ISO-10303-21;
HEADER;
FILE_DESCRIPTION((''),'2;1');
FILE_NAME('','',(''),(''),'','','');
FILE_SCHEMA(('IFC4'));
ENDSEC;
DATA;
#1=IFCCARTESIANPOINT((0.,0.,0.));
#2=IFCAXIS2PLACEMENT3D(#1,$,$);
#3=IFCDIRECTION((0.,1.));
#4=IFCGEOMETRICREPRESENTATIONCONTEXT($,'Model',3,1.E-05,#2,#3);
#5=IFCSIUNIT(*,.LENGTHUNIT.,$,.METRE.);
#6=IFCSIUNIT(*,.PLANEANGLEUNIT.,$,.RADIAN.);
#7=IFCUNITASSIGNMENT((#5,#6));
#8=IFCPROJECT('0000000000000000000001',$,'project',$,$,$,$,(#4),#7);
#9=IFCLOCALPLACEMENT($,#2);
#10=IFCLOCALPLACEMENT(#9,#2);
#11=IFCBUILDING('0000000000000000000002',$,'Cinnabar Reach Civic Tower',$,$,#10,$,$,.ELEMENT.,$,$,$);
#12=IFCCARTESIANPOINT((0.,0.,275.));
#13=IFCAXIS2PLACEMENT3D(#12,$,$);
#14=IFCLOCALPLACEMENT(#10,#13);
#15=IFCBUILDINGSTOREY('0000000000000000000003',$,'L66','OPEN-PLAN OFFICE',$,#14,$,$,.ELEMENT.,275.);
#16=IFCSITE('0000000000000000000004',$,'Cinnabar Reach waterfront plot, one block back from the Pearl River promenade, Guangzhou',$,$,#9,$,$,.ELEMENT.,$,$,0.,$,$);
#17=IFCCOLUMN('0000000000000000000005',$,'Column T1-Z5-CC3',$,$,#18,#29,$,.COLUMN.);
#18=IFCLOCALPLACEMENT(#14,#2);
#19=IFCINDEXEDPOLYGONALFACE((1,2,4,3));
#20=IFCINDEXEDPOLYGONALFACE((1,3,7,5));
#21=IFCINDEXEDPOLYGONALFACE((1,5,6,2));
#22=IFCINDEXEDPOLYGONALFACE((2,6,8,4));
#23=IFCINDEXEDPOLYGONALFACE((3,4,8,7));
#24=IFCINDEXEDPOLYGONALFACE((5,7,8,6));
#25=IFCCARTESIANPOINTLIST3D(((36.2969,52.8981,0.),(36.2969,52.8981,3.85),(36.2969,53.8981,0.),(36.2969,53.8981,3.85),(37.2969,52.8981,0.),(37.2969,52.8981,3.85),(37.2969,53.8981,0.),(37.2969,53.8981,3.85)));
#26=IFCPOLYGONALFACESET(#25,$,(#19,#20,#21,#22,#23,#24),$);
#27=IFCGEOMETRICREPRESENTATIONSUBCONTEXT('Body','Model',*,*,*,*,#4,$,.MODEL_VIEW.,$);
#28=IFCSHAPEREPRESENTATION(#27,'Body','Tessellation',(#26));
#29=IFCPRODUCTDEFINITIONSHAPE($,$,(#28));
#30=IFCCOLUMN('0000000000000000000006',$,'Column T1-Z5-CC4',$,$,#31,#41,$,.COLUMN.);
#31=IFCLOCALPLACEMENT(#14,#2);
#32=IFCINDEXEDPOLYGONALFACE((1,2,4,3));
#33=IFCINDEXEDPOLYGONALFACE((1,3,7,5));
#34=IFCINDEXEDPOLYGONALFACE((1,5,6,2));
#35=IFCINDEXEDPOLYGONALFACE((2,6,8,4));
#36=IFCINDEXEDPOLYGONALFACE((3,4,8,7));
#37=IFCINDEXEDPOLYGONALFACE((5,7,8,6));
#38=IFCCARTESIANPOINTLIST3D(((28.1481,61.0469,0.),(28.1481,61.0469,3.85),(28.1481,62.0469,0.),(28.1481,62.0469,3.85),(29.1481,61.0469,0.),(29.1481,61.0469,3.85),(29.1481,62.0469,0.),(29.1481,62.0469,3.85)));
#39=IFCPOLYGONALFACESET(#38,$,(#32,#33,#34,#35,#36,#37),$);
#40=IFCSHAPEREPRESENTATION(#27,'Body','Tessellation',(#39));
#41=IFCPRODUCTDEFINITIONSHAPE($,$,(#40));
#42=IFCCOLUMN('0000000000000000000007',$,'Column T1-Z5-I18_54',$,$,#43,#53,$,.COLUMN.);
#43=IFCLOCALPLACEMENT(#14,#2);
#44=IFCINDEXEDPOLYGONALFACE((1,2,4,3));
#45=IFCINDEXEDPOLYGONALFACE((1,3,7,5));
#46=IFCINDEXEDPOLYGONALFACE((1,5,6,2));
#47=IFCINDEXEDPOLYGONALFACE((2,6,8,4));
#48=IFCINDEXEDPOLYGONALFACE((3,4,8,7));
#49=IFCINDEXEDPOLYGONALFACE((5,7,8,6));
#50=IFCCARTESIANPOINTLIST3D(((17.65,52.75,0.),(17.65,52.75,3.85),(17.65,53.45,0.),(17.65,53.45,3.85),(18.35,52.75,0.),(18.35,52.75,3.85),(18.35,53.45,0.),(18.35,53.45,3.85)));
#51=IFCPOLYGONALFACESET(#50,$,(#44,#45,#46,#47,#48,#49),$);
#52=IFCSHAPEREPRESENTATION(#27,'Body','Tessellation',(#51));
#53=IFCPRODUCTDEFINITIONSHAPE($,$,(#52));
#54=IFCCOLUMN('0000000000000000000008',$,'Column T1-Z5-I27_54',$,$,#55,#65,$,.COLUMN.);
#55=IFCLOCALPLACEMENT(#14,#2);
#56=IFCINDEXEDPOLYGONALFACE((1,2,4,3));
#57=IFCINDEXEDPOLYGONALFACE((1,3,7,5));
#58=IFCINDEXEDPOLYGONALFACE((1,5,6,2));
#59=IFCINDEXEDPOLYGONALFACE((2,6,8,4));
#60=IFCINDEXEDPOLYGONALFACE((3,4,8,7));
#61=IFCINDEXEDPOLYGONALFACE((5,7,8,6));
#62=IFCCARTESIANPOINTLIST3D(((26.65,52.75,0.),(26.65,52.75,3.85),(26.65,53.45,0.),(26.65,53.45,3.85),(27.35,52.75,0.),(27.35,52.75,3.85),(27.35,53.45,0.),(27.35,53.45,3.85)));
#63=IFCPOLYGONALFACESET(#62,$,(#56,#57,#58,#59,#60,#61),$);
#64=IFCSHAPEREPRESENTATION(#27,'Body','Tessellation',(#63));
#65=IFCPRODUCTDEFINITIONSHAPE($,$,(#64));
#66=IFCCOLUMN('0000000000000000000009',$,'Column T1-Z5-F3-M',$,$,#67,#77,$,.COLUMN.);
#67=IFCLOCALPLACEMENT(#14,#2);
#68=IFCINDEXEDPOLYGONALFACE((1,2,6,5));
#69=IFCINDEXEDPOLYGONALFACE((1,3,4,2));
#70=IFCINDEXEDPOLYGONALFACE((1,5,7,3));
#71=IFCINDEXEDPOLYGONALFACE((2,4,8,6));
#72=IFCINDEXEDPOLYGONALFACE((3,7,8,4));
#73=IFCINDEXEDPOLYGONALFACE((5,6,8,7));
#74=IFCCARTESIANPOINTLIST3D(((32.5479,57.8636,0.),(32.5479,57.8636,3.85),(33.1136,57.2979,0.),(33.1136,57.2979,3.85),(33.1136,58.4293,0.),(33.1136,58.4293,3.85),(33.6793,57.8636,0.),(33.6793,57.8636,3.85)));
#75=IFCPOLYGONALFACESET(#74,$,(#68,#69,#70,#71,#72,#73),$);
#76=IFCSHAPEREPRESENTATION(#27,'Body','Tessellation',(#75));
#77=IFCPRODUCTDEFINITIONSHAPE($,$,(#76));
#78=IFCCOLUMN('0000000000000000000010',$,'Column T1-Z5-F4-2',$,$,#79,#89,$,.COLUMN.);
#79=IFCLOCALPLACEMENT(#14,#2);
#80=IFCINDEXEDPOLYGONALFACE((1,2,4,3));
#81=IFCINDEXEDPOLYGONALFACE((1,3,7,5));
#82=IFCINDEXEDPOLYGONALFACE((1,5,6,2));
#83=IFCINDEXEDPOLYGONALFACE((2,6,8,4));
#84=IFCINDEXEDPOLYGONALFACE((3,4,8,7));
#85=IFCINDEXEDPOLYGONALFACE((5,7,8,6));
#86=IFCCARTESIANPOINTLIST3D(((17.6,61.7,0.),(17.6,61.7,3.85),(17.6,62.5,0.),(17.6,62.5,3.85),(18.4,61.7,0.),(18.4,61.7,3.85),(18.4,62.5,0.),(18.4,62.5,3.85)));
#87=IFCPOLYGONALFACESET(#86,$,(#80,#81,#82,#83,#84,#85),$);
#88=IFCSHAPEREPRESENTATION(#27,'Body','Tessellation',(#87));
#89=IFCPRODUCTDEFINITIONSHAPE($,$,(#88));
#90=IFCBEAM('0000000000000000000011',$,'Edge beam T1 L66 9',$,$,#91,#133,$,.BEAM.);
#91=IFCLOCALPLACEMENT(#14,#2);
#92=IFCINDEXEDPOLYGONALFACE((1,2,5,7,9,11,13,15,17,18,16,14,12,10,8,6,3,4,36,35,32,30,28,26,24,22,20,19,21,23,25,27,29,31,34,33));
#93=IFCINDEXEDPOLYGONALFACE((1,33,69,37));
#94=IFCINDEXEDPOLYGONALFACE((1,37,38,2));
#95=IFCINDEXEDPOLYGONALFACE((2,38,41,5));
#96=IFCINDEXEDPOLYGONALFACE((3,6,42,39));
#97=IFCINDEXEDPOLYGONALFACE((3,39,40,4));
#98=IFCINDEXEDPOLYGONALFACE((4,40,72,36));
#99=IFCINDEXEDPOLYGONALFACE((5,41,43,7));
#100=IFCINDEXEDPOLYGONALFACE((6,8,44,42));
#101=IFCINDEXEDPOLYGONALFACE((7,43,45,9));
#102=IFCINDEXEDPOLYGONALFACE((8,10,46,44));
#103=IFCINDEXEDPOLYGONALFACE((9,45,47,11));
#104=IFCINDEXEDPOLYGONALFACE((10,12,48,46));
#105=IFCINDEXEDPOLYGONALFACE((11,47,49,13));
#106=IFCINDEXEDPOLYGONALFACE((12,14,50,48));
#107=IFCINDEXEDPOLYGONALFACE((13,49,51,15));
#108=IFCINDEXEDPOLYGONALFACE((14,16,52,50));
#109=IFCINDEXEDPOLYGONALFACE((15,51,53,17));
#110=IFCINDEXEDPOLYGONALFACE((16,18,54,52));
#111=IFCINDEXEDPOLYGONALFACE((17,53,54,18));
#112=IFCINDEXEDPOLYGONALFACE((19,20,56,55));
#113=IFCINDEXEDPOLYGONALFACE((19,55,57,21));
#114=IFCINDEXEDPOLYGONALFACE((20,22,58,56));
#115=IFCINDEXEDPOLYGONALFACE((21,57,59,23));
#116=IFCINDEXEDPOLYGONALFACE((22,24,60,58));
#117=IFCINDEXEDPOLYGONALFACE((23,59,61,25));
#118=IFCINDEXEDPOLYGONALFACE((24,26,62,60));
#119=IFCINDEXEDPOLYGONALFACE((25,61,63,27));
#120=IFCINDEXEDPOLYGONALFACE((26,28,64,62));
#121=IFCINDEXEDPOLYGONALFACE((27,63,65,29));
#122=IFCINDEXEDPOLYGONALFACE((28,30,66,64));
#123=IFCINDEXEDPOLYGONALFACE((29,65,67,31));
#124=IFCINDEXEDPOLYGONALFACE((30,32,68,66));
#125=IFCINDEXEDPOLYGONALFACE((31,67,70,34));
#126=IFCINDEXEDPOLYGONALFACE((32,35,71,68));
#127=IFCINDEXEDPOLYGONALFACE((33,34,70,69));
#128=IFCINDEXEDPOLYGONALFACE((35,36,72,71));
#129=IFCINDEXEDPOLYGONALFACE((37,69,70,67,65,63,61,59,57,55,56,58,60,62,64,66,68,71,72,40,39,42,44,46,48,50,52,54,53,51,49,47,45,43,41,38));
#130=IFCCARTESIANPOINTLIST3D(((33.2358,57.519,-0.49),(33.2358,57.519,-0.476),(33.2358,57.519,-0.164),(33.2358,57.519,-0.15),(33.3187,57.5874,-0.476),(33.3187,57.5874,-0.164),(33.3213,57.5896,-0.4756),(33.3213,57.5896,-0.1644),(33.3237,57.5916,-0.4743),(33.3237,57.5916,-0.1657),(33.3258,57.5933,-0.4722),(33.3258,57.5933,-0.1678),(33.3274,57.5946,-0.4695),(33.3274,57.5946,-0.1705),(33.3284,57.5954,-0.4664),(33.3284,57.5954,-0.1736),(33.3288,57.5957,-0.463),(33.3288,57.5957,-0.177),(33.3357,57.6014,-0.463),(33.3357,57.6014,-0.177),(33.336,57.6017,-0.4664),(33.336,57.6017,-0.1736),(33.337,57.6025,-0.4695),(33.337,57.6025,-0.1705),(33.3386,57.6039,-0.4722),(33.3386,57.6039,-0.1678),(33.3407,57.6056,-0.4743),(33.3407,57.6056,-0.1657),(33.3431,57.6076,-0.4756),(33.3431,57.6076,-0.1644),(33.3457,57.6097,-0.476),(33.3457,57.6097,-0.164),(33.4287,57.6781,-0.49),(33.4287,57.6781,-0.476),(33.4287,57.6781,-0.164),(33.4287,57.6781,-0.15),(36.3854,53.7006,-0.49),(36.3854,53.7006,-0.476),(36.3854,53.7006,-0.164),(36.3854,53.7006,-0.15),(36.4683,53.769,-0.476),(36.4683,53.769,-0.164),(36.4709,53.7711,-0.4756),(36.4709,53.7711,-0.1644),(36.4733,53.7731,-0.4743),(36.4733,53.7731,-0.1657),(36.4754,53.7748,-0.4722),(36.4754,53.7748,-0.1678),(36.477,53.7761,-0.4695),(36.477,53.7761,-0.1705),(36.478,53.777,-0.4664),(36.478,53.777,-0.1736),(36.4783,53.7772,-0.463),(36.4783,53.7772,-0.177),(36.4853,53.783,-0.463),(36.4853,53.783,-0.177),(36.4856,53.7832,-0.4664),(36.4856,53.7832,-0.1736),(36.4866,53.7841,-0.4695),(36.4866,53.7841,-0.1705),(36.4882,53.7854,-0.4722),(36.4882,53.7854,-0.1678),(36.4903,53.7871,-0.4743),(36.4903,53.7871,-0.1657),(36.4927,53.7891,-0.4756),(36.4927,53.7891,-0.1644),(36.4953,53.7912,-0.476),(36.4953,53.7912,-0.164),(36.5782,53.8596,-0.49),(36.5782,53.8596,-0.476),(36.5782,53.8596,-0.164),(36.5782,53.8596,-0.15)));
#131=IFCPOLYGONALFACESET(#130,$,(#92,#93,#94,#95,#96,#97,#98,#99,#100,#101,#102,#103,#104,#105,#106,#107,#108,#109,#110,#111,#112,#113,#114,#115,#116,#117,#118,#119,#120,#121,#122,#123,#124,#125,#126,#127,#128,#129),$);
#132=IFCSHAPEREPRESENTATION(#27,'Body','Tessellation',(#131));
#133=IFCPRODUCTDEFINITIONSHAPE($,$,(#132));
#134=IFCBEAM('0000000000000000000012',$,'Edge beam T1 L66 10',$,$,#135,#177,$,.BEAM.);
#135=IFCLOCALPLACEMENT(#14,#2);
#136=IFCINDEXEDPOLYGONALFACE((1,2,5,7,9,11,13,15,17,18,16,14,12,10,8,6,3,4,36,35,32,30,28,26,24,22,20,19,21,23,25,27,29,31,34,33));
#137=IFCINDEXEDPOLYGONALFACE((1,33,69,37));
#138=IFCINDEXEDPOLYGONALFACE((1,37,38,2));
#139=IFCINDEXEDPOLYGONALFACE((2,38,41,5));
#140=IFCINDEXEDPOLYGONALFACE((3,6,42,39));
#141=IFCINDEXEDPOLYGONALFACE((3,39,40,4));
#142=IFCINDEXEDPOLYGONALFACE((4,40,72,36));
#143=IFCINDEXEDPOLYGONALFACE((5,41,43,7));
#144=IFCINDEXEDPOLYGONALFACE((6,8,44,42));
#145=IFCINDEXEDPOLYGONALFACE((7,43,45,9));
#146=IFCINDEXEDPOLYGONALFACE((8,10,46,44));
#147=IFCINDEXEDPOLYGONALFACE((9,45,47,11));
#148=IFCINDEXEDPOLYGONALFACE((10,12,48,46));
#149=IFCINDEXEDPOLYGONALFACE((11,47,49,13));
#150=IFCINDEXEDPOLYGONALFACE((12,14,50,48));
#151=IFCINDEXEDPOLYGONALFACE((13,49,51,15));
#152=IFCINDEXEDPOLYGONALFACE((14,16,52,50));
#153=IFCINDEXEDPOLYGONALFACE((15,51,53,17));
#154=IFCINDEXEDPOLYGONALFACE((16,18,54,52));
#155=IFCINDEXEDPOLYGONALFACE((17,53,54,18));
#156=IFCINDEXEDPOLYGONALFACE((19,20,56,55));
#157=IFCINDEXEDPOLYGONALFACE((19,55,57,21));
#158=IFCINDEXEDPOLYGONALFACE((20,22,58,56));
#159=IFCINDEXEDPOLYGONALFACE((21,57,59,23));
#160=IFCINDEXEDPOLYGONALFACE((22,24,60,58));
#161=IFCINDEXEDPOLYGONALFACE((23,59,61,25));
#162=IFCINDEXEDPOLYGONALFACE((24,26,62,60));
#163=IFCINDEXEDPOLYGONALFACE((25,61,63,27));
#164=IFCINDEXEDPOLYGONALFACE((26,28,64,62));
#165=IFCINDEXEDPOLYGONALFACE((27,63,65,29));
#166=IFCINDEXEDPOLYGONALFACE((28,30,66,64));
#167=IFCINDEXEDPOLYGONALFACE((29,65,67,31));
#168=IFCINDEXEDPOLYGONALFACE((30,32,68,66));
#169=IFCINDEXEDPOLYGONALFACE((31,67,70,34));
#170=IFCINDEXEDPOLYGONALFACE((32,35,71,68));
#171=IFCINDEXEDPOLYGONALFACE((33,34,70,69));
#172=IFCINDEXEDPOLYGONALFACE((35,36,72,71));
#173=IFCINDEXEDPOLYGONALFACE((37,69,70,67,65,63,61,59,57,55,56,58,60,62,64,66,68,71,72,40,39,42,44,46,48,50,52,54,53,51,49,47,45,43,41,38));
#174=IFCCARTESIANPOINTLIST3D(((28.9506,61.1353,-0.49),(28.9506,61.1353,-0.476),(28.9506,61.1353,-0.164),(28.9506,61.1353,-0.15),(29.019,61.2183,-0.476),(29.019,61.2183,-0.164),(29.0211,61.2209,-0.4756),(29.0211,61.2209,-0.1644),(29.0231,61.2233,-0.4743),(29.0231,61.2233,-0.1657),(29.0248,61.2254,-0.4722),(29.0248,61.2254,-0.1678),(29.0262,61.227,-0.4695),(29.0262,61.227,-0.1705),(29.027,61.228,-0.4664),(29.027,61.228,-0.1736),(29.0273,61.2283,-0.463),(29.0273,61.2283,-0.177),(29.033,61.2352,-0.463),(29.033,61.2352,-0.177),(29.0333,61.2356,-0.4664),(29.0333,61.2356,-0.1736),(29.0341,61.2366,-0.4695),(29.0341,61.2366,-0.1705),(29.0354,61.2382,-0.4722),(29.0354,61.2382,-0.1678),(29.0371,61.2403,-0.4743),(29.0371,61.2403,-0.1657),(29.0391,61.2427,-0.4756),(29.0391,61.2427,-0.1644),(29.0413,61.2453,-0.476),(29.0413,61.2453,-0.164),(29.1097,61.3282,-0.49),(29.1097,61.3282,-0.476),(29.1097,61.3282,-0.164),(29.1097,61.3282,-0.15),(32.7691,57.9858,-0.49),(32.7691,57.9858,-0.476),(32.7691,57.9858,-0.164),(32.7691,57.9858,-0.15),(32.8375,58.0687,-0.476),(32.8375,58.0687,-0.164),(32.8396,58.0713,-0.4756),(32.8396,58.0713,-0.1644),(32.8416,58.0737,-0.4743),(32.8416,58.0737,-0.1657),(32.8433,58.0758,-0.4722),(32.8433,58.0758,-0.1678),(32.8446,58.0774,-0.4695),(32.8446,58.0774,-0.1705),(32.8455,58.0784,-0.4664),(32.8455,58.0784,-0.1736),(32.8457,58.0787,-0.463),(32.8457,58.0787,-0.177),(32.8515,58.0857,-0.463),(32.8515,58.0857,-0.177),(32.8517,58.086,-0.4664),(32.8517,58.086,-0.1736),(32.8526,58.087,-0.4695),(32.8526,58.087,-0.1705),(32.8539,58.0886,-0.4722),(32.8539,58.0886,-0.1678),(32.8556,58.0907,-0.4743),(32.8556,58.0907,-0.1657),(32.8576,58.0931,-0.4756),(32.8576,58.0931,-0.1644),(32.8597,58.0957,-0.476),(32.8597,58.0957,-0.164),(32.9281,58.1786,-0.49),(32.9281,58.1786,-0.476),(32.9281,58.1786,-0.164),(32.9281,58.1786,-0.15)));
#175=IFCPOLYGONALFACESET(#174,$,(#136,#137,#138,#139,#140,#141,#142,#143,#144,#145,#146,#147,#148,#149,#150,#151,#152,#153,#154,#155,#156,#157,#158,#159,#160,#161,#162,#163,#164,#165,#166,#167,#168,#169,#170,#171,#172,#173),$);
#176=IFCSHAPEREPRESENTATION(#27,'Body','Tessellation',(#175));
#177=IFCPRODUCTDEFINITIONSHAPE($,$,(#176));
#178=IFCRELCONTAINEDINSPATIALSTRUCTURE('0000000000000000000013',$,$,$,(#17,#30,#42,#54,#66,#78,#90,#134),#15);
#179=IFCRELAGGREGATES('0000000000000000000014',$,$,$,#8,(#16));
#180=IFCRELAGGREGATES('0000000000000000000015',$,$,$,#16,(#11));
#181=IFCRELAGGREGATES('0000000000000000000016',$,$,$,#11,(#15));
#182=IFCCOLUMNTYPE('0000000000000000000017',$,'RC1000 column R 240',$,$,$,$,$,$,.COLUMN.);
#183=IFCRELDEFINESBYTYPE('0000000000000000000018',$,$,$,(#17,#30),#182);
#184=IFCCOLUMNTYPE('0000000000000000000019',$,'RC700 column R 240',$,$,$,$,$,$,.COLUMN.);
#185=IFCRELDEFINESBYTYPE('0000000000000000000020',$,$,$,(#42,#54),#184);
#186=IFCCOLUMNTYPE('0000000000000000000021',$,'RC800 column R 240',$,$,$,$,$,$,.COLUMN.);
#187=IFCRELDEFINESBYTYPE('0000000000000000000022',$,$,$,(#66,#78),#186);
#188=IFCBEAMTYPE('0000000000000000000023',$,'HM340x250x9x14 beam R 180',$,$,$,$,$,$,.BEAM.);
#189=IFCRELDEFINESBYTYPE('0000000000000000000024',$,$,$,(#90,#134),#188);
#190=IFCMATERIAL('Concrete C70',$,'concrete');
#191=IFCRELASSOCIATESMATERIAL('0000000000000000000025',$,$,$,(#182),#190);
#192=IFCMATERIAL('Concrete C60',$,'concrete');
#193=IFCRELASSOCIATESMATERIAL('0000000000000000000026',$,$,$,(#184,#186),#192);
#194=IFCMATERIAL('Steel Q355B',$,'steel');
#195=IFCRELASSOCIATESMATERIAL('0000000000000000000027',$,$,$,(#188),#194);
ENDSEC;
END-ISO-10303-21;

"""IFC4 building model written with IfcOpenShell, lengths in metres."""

from ifc_helpers import new_model, si_unit, direction, frame, origin, origin_2d, place, context, subcontext, project, spatial, rectangle, i_section, extrude, material, material_profile, profile_set, type_object, element, save


model = new_model("IFC4")

# Units and contexts
model_context = context("Model", 3, precision=1e-05, world=origin(), true_north=direction((0.0, 1.0)))
body_context = subcontext(model_context, "Body", "Model", "MODEL_VIEW")
ifc_project = project(units=[si_unit("LENGTHUNIT", "METRE"), si_unit("PLANEANGLEUNIT", "RADIAN")], contexts=[model_context])

# Site, building, storey
site_placement = place(None, origin())
site = spatial("IfcSite", under=ifc_project, at=site_placement, Name="Cinnabar Reach waterfront plot, one block back from the Pearl River promenade, Guangzhou", CompositionType="ELEMENT", RefElevation=0.0)
building_placement = place(site_placement, origin())
building = spatial("IfcBuilding", under=site, at=building_placement, Name="Cinnabar Reach Civic Tower", CompositionType="ELEMENT")
storey_placement = place(building_placement, frame((0.0, 0.0, 275.0)))
storey = spatial("IfcBuildingStorey", under=building, at=storey_placement, Name="L66", Description="OPEN-PLAN OFFICE", CompositionType="ELEMENT", Elevation=275.0)

# Columns
ifc_material_1 = material(Name="Concrete C70", Category="concrete")
ifc_material_profile_1 = material_profile(ifc_material_1, rectangle(XDim=1.0, YDim=1.0, at=origin_2d()), Name="RC1000")
ifc_profile_set_1 = profile_set([ifc_material_profile_1], Name="Concrete C70")
column_type_1 = type_object("IfcColumnType", Name="RC1000 column R 240", PredefinedType="COLUMN", material=ifc_profile_set_1)
for number, where, z_axis, x_axis, name in (
    (1, (36.7969, 53.3981, 0.0), (0.0, 0.0, 1.0), (1.0, 0.0, 0.0), "Column T1-Z5-CC3"),
    (2, (28.6481, 61.5469, 0.0), (0.0, 0.0, 1.0), (1.0, 0.0, 0.0), "Column T1-Z5-CC4"),
):
    element("IfcColumn", number, at=place(storey_placement, frame(where, z_axis=z_axis, x_axis=x_axis)), inside=storey, type_object=column_type_1, Name=name, PredefinedType="COLUMN", context=body_context, shape_type="SweptSolid", body=[
        extrude(rectangle(XDim=1.0, YDim=1.0, at=origin_2d()), origin(), (0.0, 0.0, 1.0), 3.85),
    ])
ifc_material_2 = material(Name="Concrete C60", Category="concrete")
ifc_material_profile_2 = material_profile(ifc_material_2, rectangle(XDim=0.7, YDim=0.7, at=origin_2d()), Name="RC700")
ifc_profile_set_2 = profile_set([ifc_material_profile_2], Name="Concrete C60")
column_type_2 = type_object("IfcColumnType", Name="RC700 column R 240", PredefinedType="COLUMN", material=ifc_profile_set_2)
for number, where, z_axis, x_axis, name in (
    (3, (18.0, 53.1, 0.0), (0.0, 0.0, 1.0), (1.0, 0.0, 0.0), "Column T1-Z5-I18_54"),
    (4, (27.0, 53.1, 0.0), (0.0, 0.0, 1.0), (1.0, 0.0, 0.0), "Column T1-Z5-I27_54"),
):
    element("IfcColumn", number, at=place(storey_placement, frame(where, z_axis=z_axis, x_axis=x_axis)), inside=storey, type_object=column_type_2, Name=name, PredefinedType="COLUMN", context=body_context, shape_type="SweptSolid", body=[
        extrude(rectangle(XDim=0.7, YDim=0.7, at=origin_2d()), origin(), (0.0, 0.0, 1.0), 3.85),
    ])
ifc_material_profile_3 = material_profile(ifc_material_2, rectangle(XDim=0.8, YDim=0.8, at=origin_2d()), Name="RC800")
ifc_profile_set_3 = profile_set([ifc_material_profile_3], Name="Concrete C60")
column_type_3 = type_object("IfcColumnType", Name="RC800 column R 240", PredefinedType="COLUMN", material=ifc_profile_set_3)
for number, where, z_axis, x_axis, name in (
    (5, (33.1136, 57.8636, 0.0), (0.0, 0.0, 1.0), (0.707107, 0.707107, 0.0), "Column T1-Z5-F3-M"),
    (6, (18.0, 62.1, 0.0), (0.0, 0.0, 1.0), (1.0, 0.0, 0.0), "Column T1-Z5-F4-2"),
):
    element("IfcColumn", number, at=place(storey_placement, frame(where, z_axis=z_axis, x_axis=x_axis)), inside=storey, type_object=column_type_3, Name=name, PredefinedType="COLUMN", context=body_context, shape_type="SweptSolid", body=[
        extrude(rectangle(XDim=0.8, YDim=0.8, at=origin_2d()), origin(), (0.0, 0.0, 1.0), 3.85),
    ])

# Beams
ifc_material_3 = material(Name="Steel Q355B", Category="steel")
ifc_material_profile_4 = material_profile(ifc_material_3, i_section(OverallWidth=0.25, OverallDepth=0.34, WebThickness=0.009, FlangeThickness=0.014, FilletRadius=0.013, at=origin_2d()), Name="HM340x250x9x14")
ifc_profile_set_4 = profile_set([ifc_material_profile_4], Name="Steel Q355B")
beam_type_1 = type_object("IfcBeamType", Name="HM340x250x9x14 beam R 180", PredefinedType="BEAM", material=ifc_profile_set_4)
for number, where, z_axis, x_axis, name in (
    (7, (36.4818, 53.7801, -0.32), (-0.636303, 0.771439, 0.0), (-0.771439, -0.636303, 0.0), "Edge beam T1 L66 9"),
    (8, (32.8486, 58.0822, -0.32), (-0.771439, 0.636303, 0.0), (-0.636303, -0.771439, 0.0), "Edge beam T1 L66 10"),
):
    element("IfcBeam", number, at=place(storey_placement, frame(where, z_axis=z_axis, x_axis=x_axis)), inside=storey, type_object=beam_type_1, Name=name, PredefinedType="BEAM", context=body_context, shape_type="SweptSolid", body=[
        extrude(i_section(OverallWidth=0.25, OverallDepth=0.34, WebThickness=0.009, FlangeThickness=0.014, FilletRadius=0.013, at=origin_2d()), origin(), (0.0, 0.0, 1.0), 4.9498),
    ])

save(model, "model.ifc")
